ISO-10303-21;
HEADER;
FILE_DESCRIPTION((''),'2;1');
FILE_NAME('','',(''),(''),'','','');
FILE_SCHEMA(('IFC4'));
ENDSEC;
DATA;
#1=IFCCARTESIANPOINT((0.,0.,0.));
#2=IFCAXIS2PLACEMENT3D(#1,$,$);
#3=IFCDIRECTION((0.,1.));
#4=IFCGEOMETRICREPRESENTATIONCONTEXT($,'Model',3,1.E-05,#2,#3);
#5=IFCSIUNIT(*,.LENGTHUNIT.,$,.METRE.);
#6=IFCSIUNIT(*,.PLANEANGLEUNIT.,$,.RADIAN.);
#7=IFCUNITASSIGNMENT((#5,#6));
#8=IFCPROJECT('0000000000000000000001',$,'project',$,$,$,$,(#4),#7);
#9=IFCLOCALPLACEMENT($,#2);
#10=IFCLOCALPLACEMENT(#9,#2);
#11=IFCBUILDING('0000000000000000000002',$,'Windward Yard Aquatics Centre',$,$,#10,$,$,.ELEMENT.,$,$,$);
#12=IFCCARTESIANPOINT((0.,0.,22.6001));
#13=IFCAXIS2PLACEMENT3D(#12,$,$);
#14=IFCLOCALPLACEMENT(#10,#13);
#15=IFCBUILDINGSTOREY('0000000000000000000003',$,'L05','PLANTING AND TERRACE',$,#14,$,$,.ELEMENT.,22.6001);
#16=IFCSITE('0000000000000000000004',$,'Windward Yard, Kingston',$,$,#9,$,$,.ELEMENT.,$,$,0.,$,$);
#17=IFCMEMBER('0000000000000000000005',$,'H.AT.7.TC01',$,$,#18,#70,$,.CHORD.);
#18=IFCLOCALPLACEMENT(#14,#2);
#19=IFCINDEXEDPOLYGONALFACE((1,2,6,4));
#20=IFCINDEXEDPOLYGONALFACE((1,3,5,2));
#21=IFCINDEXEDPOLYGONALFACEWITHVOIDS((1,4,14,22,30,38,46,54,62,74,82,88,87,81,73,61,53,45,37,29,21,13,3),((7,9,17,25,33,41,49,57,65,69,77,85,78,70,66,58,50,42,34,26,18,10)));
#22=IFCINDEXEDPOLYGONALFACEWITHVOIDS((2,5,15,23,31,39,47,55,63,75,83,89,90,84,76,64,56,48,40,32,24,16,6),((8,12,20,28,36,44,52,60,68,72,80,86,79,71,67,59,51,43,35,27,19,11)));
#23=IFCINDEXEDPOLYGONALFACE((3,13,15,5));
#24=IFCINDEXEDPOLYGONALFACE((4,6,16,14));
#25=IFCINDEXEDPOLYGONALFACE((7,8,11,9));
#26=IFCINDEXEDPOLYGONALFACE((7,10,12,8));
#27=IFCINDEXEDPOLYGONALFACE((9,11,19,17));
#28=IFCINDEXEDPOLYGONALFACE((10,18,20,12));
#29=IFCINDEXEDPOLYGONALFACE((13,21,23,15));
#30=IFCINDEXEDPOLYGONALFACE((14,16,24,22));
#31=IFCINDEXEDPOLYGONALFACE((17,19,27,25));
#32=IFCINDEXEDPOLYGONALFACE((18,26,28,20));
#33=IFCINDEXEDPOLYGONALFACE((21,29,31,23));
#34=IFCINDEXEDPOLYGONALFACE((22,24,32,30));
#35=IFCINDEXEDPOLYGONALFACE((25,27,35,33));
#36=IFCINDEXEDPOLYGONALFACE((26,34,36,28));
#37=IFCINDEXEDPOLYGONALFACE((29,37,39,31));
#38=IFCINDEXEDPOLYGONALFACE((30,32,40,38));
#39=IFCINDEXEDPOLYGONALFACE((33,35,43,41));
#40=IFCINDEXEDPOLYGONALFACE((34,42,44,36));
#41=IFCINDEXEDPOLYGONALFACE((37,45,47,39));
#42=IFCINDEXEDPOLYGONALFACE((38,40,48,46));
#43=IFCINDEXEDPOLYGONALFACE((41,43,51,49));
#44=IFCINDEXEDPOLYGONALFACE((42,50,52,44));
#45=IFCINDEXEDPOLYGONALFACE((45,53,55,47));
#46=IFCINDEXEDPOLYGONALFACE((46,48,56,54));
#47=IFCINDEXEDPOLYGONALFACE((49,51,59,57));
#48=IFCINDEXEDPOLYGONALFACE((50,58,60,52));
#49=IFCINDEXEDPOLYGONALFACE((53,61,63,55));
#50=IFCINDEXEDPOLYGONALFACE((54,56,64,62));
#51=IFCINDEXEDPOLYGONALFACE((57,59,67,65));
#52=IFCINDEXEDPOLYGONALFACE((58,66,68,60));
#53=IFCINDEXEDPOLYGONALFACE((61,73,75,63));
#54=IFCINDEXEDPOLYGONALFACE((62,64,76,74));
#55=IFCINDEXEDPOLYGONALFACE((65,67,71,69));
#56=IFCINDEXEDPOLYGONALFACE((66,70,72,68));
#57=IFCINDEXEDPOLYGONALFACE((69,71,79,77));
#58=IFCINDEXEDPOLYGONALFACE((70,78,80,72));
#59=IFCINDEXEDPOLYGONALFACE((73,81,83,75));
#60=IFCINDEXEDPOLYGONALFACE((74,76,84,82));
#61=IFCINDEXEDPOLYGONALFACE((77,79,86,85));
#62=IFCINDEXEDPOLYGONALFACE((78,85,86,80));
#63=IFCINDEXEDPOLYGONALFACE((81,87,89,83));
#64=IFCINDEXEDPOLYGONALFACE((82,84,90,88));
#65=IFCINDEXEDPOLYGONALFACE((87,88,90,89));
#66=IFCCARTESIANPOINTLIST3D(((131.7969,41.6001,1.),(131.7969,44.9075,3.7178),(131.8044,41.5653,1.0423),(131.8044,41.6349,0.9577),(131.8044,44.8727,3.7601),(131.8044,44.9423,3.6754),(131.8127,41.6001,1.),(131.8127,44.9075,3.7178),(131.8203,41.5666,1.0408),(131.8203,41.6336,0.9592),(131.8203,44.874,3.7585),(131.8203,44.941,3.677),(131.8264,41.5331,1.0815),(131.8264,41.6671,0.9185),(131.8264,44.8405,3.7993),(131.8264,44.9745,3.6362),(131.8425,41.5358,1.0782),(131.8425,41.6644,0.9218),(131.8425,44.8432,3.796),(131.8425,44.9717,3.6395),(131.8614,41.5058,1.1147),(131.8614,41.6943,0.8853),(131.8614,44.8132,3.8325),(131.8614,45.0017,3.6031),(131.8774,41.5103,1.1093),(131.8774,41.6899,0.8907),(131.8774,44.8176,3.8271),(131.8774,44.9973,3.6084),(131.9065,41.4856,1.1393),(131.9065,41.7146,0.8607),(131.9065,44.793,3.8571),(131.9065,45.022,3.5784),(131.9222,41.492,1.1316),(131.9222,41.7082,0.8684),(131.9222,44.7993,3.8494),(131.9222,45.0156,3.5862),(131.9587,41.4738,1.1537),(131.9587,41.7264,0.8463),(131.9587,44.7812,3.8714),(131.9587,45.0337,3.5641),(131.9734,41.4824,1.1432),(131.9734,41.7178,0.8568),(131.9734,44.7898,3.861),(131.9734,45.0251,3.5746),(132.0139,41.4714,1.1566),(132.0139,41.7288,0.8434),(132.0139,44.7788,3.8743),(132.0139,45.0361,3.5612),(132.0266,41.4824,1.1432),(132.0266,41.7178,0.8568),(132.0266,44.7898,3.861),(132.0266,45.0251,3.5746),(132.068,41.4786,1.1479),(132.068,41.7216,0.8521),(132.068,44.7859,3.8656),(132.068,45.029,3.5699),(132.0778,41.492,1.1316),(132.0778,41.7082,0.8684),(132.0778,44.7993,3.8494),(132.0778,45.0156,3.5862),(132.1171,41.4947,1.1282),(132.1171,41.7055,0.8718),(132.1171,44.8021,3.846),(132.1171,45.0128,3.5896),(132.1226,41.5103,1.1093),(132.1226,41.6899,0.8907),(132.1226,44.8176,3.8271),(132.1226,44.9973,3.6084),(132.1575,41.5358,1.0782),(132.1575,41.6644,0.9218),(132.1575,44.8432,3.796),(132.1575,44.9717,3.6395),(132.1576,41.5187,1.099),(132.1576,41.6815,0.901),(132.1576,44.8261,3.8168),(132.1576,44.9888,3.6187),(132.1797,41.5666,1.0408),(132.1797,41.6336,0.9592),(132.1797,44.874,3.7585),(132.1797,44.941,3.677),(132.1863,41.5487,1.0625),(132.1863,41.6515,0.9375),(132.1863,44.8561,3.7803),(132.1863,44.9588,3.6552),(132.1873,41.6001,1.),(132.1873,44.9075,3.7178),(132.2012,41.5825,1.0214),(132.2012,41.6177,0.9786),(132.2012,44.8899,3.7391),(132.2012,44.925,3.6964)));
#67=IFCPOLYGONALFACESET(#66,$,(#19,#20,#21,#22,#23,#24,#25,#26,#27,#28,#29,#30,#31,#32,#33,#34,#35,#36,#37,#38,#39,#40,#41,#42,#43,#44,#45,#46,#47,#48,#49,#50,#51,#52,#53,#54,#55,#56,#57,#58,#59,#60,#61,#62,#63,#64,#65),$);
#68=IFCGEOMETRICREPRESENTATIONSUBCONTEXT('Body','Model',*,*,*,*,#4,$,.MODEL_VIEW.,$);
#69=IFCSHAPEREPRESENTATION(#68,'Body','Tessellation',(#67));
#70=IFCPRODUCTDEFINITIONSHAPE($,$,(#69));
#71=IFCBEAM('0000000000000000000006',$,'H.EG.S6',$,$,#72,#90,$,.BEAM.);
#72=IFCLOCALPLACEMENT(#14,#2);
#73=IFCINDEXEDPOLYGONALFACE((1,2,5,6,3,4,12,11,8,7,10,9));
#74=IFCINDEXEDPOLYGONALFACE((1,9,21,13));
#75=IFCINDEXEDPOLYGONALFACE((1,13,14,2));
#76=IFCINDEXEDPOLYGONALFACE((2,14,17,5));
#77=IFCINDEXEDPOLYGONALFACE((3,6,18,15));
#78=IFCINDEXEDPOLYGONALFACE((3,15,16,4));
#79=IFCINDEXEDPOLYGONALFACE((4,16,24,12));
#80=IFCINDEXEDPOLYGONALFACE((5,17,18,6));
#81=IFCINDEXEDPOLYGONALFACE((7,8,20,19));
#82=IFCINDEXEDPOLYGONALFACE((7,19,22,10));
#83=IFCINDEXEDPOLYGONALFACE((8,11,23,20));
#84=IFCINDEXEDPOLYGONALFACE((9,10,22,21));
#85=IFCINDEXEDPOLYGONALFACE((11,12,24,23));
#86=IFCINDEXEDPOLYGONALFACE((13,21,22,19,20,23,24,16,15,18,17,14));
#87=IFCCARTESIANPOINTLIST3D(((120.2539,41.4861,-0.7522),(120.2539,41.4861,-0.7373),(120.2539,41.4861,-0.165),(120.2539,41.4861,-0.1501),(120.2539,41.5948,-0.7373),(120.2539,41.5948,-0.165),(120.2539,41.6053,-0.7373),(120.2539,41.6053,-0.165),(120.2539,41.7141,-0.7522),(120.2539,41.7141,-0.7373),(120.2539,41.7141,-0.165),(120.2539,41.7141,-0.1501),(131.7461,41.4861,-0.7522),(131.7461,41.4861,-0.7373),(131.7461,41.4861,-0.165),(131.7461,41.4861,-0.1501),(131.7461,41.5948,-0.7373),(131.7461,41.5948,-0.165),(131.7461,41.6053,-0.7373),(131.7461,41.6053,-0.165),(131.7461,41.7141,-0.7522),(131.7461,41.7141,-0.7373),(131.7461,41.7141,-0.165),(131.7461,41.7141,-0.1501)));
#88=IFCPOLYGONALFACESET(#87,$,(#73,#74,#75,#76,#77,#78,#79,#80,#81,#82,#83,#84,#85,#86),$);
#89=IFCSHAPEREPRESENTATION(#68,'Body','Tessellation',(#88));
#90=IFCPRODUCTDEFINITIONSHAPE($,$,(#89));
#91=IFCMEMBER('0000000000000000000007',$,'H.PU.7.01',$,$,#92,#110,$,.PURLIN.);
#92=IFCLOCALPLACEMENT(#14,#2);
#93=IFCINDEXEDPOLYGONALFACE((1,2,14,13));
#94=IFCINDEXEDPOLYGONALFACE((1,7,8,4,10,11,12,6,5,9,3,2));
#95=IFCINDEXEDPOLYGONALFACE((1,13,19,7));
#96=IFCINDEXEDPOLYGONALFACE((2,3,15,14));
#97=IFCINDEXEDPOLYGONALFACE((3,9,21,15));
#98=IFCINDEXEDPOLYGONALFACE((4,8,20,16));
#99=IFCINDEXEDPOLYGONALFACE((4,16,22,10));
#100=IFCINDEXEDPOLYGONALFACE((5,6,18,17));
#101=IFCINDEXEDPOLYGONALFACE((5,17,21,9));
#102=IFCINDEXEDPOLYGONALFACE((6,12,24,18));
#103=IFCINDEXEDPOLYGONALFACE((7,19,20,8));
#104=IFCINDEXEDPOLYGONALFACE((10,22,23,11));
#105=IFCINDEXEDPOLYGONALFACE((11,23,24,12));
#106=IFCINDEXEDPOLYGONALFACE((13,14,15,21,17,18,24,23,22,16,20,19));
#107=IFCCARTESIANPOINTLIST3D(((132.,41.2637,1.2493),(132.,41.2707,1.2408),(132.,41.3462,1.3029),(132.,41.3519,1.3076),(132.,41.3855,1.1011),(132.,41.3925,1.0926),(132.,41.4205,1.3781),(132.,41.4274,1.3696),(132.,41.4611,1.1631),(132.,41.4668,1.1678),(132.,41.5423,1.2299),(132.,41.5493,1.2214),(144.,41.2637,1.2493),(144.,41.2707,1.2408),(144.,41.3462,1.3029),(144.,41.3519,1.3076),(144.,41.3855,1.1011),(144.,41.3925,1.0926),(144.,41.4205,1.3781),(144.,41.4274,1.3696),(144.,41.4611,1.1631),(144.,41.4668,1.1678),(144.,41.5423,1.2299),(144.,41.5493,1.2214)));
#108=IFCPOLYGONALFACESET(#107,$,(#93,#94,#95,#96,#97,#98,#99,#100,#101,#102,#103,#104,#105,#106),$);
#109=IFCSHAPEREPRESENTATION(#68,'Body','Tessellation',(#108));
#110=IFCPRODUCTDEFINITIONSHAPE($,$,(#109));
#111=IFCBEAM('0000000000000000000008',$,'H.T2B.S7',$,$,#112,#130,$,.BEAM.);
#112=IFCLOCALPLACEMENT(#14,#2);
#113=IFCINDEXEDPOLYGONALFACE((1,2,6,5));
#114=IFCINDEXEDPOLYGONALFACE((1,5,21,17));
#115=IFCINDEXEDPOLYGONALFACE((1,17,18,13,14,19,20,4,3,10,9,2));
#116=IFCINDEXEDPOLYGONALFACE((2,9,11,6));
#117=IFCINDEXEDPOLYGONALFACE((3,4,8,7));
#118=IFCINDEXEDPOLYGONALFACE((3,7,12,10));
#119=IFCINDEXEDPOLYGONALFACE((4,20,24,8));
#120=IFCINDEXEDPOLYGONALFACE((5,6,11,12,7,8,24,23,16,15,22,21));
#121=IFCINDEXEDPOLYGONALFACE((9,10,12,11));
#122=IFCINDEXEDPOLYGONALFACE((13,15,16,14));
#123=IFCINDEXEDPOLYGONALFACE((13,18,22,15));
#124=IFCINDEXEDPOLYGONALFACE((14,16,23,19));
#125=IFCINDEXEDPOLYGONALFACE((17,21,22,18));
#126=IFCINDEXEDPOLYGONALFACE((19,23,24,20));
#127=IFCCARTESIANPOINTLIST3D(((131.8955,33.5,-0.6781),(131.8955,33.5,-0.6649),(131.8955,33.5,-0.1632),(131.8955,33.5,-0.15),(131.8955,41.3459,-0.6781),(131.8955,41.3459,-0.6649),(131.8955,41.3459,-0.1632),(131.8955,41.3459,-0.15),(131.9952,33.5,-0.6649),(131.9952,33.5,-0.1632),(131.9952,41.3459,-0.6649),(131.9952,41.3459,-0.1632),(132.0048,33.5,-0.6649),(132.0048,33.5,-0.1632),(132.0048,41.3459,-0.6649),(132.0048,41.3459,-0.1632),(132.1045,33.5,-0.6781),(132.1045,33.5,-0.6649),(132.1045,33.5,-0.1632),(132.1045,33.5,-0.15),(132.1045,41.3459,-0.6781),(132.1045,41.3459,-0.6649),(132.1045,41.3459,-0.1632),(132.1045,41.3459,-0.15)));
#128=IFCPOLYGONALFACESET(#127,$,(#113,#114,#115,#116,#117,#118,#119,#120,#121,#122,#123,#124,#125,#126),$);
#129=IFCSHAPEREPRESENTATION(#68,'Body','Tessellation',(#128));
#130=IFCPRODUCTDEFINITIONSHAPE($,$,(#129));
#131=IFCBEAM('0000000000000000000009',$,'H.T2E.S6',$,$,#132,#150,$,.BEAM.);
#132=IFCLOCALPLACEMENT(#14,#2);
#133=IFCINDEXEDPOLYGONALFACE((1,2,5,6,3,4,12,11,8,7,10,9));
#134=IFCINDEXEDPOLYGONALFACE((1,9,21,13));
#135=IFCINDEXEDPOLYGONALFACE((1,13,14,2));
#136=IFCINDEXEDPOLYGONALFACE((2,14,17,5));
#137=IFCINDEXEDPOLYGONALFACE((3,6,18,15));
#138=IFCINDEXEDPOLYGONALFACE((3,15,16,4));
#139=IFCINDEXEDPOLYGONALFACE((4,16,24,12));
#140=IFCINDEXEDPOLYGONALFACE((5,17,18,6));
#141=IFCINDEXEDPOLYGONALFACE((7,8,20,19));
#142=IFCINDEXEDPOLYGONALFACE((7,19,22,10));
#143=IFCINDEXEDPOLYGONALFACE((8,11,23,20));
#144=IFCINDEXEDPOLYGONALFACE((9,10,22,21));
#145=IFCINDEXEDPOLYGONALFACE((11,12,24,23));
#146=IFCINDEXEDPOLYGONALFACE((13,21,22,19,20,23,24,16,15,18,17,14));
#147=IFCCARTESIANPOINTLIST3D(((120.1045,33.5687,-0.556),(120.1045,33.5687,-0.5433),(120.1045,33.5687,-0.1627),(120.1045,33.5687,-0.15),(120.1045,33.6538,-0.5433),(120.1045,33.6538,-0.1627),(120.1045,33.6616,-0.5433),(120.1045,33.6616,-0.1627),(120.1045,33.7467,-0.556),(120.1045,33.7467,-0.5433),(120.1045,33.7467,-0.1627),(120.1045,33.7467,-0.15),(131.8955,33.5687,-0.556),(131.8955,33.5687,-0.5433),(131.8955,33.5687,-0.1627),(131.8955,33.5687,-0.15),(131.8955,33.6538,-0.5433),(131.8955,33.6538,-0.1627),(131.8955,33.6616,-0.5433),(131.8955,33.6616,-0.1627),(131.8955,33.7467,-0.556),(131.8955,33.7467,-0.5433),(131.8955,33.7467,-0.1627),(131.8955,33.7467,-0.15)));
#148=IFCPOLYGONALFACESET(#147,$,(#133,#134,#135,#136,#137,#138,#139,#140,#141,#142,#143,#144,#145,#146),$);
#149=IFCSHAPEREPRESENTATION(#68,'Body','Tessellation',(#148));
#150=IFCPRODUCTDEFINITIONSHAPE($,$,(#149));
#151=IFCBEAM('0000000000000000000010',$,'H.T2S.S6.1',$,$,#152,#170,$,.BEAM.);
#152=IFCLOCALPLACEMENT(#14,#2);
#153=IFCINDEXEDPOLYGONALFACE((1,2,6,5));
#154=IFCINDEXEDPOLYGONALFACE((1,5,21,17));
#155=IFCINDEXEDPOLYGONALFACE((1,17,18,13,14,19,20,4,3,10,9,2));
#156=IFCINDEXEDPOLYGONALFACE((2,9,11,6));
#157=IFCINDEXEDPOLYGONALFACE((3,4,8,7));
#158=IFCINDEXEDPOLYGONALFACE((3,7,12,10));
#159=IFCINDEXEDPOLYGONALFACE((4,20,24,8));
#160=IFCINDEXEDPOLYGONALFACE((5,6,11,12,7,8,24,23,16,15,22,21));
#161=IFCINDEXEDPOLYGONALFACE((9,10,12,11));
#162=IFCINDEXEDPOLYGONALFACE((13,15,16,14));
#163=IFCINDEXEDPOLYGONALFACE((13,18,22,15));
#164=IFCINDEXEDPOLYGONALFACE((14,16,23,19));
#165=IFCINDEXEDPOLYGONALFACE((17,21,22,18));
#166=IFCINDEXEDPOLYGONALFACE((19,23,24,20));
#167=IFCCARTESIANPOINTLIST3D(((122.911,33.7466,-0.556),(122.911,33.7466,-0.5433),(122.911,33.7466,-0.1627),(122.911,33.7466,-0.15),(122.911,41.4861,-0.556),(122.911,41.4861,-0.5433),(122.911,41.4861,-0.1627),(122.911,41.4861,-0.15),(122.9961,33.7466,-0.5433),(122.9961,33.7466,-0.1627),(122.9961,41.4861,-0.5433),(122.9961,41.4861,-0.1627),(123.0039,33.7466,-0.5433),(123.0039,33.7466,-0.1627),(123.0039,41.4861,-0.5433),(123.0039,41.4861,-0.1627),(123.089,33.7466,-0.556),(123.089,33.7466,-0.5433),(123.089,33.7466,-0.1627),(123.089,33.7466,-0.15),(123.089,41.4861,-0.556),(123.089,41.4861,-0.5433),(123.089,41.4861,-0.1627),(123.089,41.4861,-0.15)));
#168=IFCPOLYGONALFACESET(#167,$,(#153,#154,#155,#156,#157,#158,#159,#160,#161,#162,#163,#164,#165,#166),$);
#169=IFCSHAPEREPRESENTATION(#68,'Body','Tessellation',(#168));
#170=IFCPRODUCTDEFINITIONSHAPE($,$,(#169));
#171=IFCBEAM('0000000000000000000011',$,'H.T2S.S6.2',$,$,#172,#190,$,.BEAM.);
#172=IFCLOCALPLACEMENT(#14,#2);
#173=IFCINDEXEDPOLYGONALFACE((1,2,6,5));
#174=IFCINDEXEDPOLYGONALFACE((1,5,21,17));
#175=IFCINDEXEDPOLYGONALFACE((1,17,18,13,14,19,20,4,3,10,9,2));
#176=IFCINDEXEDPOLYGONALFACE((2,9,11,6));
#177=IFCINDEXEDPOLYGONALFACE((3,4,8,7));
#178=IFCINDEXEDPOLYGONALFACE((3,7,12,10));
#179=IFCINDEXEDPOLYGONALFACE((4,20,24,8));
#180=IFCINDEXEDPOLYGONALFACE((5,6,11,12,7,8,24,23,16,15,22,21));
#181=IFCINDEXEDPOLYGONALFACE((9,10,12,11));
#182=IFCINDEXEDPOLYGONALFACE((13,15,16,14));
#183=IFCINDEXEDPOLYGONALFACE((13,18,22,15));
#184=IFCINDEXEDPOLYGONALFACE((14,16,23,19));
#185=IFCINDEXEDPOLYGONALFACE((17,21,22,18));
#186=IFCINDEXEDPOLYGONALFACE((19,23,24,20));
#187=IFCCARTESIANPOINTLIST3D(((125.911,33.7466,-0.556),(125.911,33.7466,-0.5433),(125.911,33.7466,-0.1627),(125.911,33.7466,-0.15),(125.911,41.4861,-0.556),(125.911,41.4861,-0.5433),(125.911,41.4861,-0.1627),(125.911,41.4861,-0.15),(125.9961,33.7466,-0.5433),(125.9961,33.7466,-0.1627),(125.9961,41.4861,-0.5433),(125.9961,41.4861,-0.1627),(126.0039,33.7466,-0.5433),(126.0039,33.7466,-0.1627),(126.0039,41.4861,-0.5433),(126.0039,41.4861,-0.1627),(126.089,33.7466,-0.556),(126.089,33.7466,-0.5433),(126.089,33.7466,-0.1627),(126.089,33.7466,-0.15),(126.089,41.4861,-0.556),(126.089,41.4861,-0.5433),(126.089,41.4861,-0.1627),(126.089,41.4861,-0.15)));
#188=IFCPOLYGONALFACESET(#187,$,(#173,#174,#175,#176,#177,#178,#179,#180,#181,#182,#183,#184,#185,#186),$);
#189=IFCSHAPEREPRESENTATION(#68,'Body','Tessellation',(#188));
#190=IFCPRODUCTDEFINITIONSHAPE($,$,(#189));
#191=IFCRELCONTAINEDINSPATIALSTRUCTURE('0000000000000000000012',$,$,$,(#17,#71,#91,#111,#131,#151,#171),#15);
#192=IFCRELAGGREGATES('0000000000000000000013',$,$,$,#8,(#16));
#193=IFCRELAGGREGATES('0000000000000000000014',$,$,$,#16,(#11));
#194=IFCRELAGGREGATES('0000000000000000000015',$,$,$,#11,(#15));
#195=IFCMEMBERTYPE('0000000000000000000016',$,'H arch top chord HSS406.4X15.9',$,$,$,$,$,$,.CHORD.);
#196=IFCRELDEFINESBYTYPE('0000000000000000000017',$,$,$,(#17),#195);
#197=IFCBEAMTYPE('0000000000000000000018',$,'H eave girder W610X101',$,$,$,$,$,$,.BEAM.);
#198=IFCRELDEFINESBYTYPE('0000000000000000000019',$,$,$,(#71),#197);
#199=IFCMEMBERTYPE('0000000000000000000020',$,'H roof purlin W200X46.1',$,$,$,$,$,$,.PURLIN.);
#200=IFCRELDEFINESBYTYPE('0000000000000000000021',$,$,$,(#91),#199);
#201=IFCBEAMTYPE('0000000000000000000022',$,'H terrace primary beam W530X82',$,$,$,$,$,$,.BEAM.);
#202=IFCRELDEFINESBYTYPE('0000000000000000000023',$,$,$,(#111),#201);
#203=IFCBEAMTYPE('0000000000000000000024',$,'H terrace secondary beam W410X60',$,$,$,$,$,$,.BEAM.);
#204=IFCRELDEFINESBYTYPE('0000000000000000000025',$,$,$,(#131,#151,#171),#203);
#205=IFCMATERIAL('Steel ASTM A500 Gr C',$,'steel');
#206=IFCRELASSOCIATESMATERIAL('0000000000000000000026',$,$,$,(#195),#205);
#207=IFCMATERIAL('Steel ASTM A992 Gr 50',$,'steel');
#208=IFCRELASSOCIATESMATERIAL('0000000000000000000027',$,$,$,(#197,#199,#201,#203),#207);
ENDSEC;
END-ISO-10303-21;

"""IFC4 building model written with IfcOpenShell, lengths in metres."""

from ifc_helpers import new_model, si_unit, direction, frame, origin, origin_2d, place, context, subcontext, project, spatial, hollow_circle, i_section, extrude, material, material_profile, profile_set, type_object, element, save


model = new_model("IFC4")

# Units and contexts
model_context = context("Model", 3, precision=1e-05, world=origin(), true_north=direction((0.0, 1.0)))
body_context = subcontext(model_context, "Body", "Model", "MODEL_VIEW")
ifc_project = project(units=[si_unit("LENGTHUNIT", "METRE"), si_unit("PLANEANGLEUNIT", "RADIAN")], contexts=[model_context])

# Site, building, storey
site_placement = place(None, origin())
site = spatial("IfcSite", under=ifc_project, at=site_placement, Name="Windward Yard, Kingston", CompositionType="ELEMENT", RefElevation=0.0)
building_placement = place(site_placement, origin())
building = spatial("IfcBuilding", under=site, at=building_placement, Name="Windward Yard Aquatics Centre", CompositionType="ELEMENT")
storey_placement = place(building_placement, frame((0.0, 0.0, 22.6001)))
storey = spatial("IfcBuildingStorey", under=building, at=storey_placement, Name="L05", Description="PLANTING AND TERRACE", CompositionType="ELEMENT", Elevation=22.6001)

# Member
ifc_material_1 = material(Name="Steel ASTM A500 Gr C", Category="steel")
ifc_material_profile_1 = material_profile(ifc_material_1, hollow_circle(Radius=0.2031, WallThickness=0.0159, at=origin_2d()), Name="HSS406.4X15.9")
ifc_profile_set_1 = profile_set([ifc_material_profile_1], Name="Steel ASTM A500 Gr C")
member_type_1 = type_object("IfcMemberType", Name="H arch top chord HSS406.4X15.9", PredefinedType="CHORD", material=ifc_profile_set_1)
member_1_placement = place(storey_placement, frame((132.0, 41.6001, 1.0), z_axis=(0.0, 0.772611, 0.634879), x_axis=(-1.0, 0.0, 0.0)))
element("IfcMember", 1, at=member_1_placement, inside=storey, type_object=member_type_1, Name="H.AT.7.TC01", PredefinedType="CHORD", context=body_context, shape_type="SweptSolid", body=[
    extrude(hollow_circle(Radius=0.2031, WallThickness=0.0159, at=origin_2d()), origin(), (0.0, 0.0, 1.0), 4.2808),
])

# Beam
ifc_material_2 = material(Name="Steel ASTM A992 Gr 50", Category="steel")
ifc_material_profile_2 = material_profile(ifc_material_2, i_section(OverallWidth=0.228, OverallDepth=0.6021, WebThickness=0.0105, FlangeThickness=0.0149, at=origin_2d()), Name="W610X101")
ifc_profile_set_2 = profile_set([ifc_material_profile_2], Name="Steel ASTM A992 Gr 50")
beam_type_1 = type_object("IfcBeamType", Name="H eave girder W610X101", PredefinedType="BEAM", material=ifc_profile_set_2)
beam_1_placement = place(storey_placement, frame((120.2539, 41.6001, -0.4512), z_axis=(1.0, 0.0, 0.0), x_axis=(0.0, 1.0, 0.0)))
element("IfcBeam", 2, at=beam_1_placement, inside=storey, type_object=beam_type_1, Name="H.EG.S6", PredefinedType="BEAM", context=body_context, shape_type="SweptSolid", body=[
    extrude(i_section(OverallWidth=0.228, OverallDepth=0.6021, WebThickness=0.0105, FlangeThickness=0.0149, at=origin_2d()), origin(), (0.0, 0.0, 1.0), 11.4922),
])

# Member
ifc_material_profile_3 = material_profile(ifc_material_2, i_section(OverallWidth=0.2029, OverallDepth=0.2029, WebThickness=0.0073, FlangeThickness=0.011, at=origin_2d()), Name="W200X46.1")
ifc_profile_set_3 = profile_set([ifc_material_profile_3], Name="Steel ASTM A992 Gr 50")
member_type_2 = type_object("IfcMemberType", Name="H roof purlin W200X46.1", PredefinedType="PURLIN", material=ifc_profile_set_3)
member_2_placement = place(storey_placement, frame((132.0, 41.4065, 1.2354), z_axis=(1.0, 0.0, 0.0), x_axis=(0.0, 0.772611, 0.63488)))
element("IfcMember", 3, at=member_2_placement, inside=storey, type_object=member_type_2, Name="H.PU.7.01", PredefinedType="PURLIN", context=body_context, shape_type="SweptSolid", body=[
    extrude(i_section(OverallWidth=0.2029, OverallDepth=0.2029, WebThickness=0.0073, FlangeThickness=0.011, at=origin_2d()), origin(), (0.0, 0.0, 1.0), 12.0),
])

# Beams
ifc_material_profile_4 = material_profile(ifc_material_2, i_section(OverallWidth=0.209, OverallDepth=0.5281, WebThickness=0.0095, FlangeThickness=0.0132, at=origin_2d()), Name="W530X82")
ifc_profile_set_4 = profile_set([ifc_material_profile_4], Name="Steel ASTM A992 Gr 50")
beam_type_2 = type_object("IfcBeamType", Name="H terrace primary beam W530X82", PredefinedType="BEAM", material=ifc_profile_set_4)
beam_2_placement = place(storey_placement, frame((132.0, 33.5, -0.4141), z_axis=(0.0, 1.0, 0.0), x_axis=(-1.0, 0.0, 0.0)))
element("IfcBeam", 4, at=beam_2_placement, inside=storey, type_object=beam_type_2, Name="H.T2B.S7", PredefinedType="BEAM", context=body_context, shape_type="SweptSolid", body=[
    extrude(i_section(OverallWidth=0.209, OverallDepth=0.5281, WebThickness=0.0095, FlangeThickness=0.0132, at=origin_2d()), origin(), (0.0, 0.0, 1.0), 7.8459),
])
ifc_material_profile_5 = material_profile(ifc_material_2, i_section(OverallWidth=0.178, OverallDepth=0.406, WebThickness=0.0078, FlangeThickness=0.0127, at=origin_2d()), Name="W410X60")
ifc_profile_set_5 = profile_set([ifc_material_profile_5], Name="Steel ASTM A992 Gr 50")
beam_type_3 = type_object("IfcBeamType", Name="H terrace secondary beam W410X60", PredefinedType="BEAM", material=ifc_profile_set_5)
beam_3_placement = place(storey_placement, frame((120.1045, 33.6577, -0.353), z_axis=(1.0, 0.0, 0.0), x_axis=(0.0, 1.0, 0.0)))
element("IfcBeam", 5, at=beam_3_placement, inside=storey, type_object=beam_type_3, Name="H.T2E.S6", PredefinedType="BEAM", context=body_context, shape_type="SweptSolid", body=[
    extrude(i_section(OverallWidth=0.178, OverallDepth=0.406, WebThickness=0.0078, FlangeThickness=0.0127, at=origin_2d()), origin(), (0.0, 0.0, 1.0), 11.791),
])
for number, where, z_axis, x_axis, name in (
    (6, (123.0, 33.7466, -0.353), (0.0, 1.0, 0.0), (-1.0, 0.0, 0.0), "H.T2S.S6.1"),
    (7, (126.0, 33.7466, -0.353), (0.0, 1.0, 0.0), (-1.0, 0.0, 0.0), "H.T2S.S6.2"),
):
    element("IfcBeam", number, at=place(storey_placement, frame(where, z_axis=z_axis, x_axis=x_axis)), inside=storey, type_object=beam_type_3, Name=name, PredefinedType="BEAM", context=body_context, shape_type="SweptSolid", body=[
        extrude(i_section(OverallWidth=0.178, OverallDepth=0.406, WebThickness=0.0078, FlangeThickness=0.0127, at=origin_2d()), origin(), (0.0, 0.0, 1.0), 7.7395),
    ])

save(model, "model.ifc")
